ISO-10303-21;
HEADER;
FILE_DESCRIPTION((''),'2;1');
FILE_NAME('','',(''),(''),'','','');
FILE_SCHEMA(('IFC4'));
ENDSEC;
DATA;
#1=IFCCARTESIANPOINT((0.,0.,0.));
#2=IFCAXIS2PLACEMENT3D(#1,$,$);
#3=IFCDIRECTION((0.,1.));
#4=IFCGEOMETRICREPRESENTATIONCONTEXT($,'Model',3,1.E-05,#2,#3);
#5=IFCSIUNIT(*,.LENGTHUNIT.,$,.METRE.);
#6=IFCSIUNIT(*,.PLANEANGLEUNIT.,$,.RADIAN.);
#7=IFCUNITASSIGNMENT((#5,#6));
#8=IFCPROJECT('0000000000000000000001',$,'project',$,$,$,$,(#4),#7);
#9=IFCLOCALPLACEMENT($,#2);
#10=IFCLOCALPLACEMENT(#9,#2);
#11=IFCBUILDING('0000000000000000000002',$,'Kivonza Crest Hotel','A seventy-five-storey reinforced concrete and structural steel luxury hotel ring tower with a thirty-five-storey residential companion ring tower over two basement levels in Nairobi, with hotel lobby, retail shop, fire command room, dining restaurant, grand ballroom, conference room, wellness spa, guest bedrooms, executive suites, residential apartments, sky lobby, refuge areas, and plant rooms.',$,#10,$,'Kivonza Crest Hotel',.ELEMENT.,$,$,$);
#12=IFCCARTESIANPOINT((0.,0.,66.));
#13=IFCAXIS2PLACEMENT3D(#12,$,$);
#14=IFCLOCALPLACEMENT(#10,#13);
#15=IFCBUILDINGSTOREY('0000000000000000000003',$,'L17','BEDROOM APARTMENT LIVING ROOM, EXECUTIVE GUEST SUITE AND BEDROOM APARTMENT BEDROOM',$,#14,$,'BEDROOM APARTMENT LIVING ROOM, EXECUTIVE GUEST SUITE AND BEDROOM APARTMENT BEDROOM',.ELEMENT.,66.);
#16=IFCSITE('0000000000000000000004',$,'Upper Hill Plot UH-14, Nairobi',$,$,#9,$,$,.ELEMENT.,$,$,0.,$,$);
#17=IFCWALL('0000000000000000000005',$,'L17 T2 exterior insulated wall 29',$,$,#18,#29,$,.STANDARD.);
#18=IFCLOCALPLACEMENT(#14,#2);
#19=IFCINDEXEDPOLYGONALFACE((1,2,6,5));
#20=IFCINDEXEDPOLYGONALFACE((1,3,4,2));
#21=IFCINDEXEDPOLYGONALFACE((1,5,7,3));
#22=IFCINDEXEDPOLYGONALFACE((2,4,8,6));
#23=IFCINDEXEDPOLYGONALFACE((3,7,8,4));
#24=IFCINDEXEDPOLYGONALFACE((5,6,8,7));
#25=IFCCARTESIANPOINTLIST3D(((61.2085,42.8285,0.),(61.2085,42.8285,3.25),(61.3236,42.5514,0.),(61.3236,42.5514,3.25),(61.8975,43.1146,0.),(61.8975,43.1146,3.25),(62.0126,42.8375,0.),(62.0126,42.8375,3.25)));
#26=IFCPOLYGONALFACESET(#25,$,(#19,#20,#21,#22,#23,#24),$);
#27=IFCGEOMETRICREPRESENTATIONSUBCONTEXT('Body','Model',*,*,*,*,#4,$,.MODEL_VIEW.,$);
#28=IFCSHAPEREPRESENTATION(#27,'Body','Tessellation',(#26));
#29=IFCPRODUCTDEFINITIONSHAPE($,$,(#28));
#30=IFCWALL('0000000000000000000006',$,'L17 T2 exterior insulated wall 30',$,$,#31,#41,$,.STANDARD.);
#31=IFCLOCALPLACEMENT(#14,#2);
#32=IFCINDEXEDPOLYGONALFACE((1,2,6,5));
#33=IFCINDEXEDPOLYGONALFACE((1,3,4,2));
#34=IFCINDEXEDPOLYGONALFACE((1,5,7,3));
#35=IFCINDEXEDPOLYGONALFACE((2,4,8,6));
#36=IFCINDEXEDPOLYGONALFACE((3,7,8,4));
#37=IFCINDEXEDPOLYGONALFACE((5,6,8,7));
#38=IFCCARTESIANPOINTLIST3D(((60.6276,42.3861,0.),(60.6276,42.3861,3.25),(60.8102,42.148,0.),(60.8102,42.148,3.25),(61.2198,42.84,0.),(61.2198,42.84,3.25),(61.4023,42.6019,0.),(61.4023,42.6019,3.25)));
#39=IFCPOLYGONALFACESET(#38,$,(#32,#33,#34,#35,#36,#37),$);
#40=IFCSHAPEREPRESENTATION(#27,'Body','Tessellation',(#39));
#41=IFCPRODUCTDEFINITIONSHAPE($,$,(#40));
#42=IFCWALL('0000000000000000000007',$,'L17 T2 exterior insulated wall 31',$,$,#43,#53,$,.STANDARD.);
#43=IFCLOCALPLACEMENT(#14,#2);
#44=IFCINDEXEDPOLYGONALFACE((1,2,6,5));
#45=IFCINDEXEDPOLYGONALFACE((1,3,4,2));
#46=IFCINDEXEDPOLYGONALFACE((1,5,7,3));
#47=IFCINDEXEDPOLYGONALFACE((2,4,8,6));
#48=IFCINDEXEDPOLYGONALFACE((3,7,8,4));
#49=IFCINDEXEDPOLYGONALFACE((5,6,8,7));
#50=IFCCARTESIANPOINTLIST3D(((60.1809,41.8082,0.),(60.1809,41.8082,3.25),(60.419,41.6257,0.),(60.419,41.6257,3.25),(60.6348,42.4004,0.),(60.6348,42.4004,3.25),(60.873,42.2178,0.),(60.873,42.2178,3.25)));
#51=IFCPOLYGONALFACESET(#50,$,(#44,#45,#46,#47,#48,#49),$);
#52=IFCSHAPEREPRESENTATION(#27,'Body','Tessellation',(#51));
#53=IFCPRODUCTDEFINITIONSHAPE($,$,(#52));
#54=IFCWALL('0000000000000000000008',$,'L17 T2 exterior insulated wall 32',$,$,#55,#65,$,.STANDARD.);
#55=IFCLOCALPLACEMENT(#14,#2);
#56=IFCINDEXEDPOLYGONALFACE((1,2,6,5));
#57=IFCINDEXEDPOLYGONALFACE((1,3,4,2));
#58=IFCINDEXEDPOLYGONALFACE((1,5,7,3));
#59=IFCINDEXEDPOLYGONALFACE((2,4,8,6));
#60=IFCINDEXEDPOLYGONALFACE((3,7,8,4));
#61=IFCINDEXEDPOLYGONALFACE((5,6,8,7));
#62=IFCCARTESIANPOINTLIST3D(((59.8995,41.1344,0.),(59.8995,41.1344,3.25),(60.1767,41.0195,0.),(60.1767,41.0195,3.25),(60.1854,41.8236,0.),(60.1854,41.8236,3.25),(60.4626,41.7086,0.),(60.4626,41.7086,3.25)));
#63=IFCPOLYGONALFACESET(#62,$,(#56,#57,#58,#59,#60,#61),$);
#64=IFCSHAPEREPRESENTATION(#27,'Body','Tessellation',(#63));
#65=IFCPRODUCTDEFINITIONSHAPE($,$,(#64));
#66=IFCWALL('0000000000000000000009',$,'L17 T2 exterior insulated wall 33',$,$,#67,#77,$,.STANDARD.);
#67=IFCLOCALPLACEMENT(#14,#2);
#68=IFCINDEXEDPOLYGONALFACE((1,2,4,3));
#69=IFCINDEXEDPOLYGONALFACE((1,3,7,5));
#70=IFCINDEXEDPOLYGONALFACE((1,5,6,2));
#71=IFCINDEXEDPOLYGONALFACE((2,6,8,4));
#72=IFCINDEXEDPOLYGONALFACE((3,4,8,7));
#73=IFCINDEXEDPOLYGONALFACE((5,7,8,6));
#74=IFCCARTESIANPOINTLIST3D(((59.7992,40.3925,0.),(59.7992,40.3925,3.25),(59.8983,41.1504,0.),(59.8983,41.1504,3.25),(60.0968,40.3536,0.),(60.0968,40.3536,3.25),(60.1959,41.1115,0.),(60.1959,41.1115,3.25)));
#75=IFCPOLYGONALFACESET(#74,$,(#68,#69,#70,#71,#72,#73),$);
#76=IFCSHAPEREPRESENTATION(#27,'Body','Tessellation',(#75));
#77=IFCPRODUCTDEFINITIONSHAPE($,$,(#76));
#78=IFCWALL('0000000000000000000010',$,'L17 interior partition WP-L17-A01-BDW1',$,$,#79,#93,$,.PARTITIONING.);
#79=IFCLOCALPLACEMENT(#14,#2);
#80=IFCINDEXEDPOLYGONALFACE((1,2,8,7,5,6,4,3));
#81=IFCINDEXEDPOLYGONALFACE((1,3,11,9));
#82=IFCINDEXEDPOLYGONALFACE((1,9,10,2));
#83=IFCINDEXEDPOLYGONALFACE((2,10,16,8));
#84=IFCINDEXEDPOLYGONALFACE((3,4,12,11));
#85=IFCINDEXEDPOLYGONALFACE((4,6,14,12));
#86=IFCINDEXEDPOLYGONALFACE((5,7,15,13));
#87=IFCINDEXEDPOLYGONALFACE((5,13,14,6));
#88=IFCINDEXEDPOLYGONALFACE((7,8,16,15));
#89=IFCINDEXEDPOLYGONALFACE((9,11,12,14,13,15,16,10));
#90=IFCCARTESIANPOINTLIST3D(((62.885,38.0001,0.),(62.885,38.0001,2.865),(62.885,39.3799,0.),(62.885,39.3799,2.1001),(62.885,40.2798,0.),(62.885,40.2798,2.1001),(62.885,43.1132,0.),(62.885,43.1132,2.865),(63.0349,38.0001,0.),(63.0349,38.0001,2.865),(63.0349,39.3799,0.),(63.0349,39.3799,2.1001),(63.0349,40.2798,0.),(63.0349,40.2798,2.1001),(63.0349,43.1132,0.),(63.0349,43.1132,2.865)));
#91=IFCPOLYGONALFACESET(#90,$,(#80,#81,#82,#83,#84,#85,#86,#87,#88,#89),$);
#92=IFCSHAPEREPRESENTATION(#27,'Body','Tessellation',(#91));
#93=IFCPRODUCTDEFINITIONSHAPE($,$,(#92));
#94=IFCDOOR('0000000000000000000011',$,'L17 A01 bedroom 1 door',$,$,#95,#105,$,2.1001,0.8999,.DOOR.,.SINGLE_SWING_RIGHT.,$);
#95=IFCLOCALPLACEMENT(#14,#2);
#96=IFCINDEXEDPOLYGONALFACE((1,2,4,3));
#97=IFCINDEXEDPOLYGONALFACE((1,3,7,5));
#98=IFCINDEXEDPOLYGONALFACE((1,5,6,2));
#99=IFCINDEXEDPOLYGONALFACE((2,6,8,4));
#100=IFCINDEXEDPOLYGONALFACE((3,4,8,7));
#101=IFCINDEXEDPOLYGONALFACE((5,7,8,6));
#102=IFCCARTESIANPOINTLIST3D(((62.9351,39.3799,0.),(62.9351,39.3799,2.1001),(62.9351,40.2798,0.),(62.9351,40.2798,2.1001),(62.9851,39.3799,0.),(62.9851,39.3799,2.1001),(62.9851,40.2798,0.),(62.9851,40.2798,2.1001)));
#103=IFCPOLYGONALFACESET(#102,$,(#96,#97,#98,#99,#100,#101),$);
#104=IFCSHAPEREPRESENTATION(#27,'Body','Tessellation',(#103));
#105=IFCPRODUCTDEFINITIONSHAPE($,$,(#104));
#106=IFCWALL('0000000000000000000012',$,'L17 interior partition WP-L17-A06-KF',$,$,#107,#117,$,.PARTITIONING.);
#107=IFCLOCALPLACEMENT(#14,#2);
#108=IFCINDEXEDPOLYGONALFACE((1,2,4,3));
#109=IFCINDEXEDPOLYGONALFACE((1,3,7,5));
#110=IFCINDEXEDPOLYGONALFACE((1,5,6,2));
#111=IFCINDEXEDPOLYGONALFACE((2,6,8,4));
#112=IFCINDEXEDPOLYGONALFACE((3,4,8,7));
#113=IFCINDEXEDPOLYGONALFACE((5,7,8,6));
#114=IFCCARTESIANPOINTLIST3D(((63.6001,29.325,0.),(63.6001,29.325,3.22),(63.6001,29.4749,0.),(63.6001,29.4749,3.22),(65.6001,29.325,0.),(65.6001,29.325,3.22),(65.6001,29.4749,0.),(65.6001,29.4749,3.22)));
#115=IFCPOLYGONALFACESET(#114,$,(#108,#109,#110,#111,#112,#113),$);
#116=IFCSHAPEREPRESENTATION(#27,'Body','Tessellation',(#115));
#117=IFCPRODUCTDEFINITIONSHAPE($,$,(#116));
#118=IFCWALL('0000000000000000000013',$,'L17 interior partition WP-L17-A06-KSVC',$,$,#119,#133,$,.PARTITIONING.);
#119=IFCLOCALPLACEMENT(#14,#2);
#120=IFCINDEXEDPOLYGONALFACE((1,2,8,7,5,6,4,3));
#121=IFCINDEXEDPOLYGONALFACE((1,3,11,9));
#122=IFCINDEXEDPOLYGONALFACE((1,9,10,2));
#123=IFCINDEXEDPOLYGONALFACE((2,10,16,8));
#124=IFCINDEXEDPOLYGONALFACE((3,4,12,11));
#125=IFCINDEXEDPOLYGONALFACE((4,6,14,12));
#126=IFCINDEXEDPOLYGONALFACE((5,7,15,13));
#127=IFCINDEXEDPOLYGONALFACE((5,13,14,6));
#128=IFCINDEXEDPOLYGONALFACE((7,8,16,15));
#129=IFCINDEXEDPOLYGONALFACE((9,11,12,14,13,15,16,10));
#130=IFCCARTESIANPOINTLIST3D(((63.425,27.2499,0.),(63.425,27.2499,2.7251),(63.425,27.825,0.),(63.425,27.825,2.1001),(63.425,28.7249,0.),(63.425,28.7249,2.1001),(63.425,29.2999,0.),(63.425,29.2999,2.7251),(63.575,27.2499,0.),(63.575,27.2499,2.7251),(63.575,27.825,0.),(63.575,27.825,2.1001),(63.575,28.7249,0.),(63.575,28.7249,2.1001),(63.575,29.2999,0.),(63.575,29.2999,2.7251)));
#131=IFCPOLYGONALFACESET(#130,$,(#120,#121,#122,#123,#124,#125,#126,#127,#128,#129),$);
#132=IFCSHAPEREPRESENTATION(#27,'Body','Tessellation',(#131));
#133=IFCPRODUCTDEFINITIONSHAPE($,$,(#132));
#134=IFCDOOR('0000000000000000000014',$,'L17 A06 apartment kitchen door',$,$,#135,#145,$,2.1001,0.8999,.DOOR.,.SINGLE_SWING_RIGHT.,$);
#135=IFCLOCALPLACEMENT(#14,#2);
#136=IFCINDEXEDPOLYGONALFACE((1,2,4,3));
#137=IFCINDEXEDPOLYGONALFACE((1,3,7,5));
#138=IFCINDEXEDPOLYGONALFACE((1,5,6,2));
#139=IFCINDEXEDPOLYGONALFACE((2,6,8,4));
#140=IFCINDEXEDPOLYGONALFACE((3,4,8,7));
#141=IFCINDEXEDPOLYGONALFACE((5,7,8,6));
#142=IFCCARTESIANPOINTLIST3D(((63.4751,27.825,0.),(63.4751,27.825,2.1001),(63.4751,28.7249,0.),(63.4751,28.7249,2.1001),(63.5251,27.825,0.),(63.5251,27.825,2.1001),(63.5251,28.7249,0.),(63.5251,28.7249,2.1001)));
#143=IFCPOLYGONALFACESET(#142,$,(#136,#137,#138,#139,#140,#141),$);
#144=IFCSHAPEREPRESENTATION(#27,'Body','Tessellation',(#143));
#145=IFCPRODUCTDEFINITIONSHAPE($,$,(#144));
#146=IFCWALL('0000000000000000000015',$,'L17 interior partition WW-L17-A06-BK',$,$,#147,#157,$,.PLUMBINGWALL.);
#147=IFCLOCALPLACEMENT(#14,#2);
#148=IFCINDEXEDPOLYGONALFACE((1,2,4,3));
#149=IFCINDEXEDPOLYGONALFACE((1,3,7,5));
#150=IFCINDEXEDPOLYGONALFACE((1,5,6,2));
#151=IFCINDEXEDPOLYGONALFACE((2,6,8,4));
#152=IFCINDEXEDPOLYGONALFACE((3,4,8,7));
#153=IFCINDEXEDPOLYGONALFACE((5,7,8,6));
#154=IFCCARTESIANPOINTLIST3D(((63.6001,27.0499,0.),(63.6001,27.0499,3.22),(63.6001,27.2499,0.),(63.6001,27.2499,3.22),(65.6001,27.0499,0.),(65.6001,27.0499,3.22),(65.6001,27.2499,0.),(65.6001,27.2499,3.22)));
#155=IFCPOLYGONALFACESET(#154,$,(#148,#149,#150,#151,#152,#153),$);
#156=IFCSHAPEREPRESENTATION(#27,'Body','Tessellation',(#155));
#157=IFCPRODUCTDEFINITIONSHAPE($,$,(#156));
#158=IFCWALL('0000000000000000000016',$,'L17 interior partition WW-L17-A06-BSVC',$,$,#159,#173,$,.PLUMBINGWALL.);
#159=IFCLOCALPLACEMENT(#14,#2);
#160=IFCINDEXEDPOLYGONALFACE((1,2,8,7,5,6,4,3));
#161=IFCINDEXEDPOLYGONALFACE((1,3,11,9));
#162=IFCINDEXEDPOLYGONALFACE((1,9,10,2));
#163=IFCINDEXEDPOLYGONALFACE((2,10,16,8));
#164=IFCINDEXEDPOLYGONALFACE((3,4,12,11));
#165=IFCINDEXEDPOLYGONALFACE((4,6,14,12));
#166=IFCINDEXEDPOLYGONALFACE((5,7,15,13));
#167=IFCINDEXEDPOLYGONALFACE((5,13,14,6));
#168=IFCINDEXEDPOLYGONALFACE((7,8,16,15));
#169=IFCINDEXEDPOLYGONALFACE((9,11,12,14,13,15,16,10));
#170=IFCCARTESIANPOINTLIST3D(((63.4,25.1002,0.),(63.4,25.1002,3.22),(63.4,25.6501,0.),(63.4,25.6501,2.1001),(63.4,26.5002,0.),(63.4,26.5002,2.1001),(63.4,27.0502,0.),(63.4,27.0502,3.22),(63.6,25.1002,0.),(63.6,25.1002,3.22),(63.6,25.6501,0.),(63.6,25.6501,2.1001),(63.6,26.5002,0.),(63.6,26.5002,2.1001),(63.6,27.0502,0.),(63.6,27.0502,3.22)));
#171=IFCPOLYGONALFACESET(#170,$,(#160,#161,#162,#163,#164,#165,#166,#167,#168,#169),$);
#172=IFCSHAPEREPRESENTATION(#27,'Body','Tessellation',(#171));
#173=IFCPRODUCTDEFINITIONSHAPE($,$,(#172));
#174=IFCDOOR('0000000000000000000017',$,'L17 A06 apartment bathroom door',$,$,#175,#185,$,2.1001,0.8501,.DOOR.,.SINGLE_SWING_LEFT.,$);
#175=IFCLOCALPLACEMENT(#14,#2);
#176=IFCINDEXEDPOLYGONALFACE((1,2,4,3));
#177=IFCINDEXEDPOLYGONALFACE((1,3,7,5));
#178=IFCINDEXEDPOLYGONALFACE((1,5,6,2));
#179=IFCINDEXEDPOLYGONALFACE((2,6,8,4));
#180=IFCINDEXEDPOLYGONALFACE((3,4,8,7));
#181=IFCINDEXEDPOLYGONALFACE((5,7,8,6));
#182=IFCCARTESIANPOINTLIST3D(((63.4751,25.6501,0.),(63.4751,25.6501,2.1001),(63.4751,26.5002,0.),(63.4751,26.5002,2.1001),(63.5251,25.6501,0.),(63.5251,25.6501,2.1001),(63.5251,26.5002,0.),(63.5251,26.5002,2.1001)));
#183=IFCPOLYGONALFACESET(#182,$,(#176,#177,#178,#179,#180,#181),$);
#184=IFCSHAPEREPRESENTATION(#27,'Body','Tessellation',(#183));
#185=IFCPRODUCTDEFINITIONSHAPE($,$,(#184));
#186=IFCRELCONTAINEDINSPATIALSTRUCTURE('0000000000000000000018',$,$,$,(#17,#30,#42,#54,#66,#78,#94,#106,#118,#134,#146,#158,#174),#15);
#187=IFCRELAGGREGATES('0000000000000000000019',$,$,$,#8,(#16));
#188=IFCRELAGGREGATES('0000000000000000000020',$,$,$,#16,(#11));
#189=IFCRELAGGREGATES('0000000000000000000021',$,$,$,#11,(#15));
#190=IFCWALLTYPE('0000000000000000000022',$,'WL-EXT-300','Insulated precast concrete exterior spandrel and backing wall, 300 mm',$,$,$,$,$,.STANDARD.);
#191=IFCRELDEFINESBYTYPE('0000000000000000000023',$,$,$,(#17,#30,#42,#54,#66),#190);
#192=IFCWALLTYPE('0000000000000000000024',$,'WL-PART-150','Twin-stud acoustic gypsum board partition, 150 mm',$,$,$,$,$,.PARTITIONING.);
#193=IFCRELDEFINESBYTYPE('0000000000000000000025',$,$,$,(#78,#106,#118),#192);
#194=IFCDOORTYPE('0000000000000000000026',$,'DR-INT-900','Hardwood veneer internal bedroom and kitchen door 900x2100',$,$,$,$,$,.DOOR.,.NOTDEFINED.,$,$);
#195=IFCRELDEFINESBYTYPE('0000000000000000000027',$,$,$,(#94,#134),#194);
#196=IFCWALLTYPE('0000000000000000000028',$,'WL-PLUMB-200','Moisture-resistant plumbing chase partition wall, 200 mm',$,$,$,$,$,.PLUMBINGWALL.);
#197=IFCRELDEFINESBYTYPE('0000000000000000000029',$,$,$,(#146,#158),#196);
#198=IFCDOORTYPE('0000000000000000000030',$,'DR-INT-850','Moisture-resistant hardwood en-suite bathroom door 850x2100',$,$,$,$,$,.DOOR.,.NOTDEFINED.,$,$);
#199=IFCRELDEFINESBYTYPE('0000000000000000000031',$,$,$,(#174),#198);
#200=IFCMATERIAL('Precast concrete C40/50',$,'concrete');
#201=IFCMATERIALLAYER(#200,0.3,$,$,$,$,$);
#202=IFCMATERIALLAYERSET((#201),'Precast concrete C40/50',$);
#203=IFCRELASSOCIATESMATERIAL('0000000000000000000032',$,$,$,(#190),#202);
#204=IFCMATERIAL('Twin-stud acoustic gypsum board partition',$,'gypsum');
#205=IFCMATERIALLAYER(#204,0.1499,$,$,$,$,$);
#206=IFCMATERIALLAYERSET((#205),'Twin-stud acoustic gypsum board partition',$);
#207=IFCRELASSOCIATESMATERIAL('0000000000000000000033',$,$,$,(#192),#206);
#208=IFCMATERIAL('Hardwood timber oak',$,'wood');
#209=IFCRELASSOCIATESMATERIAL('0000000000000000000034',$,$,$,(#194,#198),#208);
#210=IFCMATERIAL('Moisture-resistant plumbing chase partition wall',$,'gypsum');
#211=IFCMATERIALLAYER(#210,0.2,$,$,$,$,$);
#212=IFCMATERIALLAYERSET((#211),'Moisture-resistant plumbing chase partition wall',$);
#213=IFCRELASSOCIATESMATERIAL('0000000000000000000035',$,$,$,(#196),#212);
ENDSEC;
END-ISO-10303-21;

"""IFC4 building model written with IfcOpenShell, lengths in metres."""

from ifc_helpers import new_model, si_unit, direction, frame, frame_2d, origin, place, context, subcontext, project, spatial, rectangle, extrude, material, layer, layer_set, type_object, element, fill, save


model = new_model("IFC4")

# Units and contexts
model_context = context("Model", 3, precision=1e-05, world=origin(), true_north=direction((0.0, 1.0)))
body_context = subcontext(model_context, "Body", "Model", "MODEL_VIEW")
ifc_project = project(units=[si_unit("LENGTHUNIT", "METRE"), si_unit("PLANEANGLEUNIT", "RADIAN")], contexts=[model_context])

# Site, building, storey
site_placement = place(None, origin())
site = spatial("IfcSite", under=ifc_project, at=site_placement, Name="Upper Hill Plot UH-14, Nairobi", CompositionType="ELEMENT", RefElevation=0.0)
building_placement = place(site_placement, origin())
building = spatial("IfcBuilding", under=site, at=building_placement, Name="Kivonza Crest Hotel", Description="A seventy-five-storey reinforced concrete and structural steel luxury hotel ring tower with a thirty-five-storey residential companion ring tower over two basement levels in Nairobi, with hotel lobby, retail shop, fire command room, dining restaurant, grand ballroom, conference room, wellness spa, guest bedrooms, executive suites, residential apartments, sky lobby, refuge areas, and plant rooms.", LongName="Kivonza Crest Hotel", CompositionType="ELEMENT")
storey_placement = place(building_placement, frame((0.0, 0.0, 66.0)))
storey = spatial("IfcBuildingStorey", under=building, at=storey_placement, Name="L17", Description="BEDROOM APARTMENT LIVING ROOM, EXECUTIVE GUEST SUITE AND BEDROOM APARTMENT BEDROOM", LongName="BEDROOM APARTMENT LIVING ROOM, EXECUTIVE GUEST SUITE AND BEDROOM APARTMENT BEDROOM", CompositionType="ELEMENT", Elevation=66.0)

# Walls
ifc_material_1 = material(Name="Precast concrete C40/50", Category="concrete")
ifc_layer_1 = layer(ifc_material_1, 0.3)
ifc_layer_set_1 = layer_set([ifc_layer_1], Name="Precast concrete C40/50")
wall_type_1 = type_object("IfcWallType", Name="WL-EXT-300", Description="Insulated precast concrete exterior spandrel and backing wall, 300 mm", PredefinedType="STANDARD", material=ifc_layer_set_1)
for number, where, z_axis, x_axis, name in (
    (1, (61.9551, 42.9761, 0.0), (0.0, 0.0, 1.0), (-0.923522, -0.383546, 0.0), "L17 T2 exterior insulated wall 29"),
    (2, (61.311, 42.7209, 0.0), (0.0, 0.0, 1.0), (-0.793633, -0.608397, 0.0), "L17 T2 exterior insulated wall 30"),
    (3, (60.7539, 42.3091, 0.0), (0.0, 0.0, 1.0), (-0.608397, -0.793633, 0.0), "L17 T2 exterior insulated wall 31"),
    (4, (60.324, 41.7661, 0.0), (0.0, 0.0, 1.0), (-0.383151, -0.923686, 0.0), "L17 T2 exterior insulated wall 32"),
):
    element("IfcWall", number, at=place(storey_placement, frame(where, z_axis=z_axis, x_axis=x_axis)), inside=storey, type_object=wall_type_1, Name=name, PredefinedType="STANDARD", context=body_context, shape_type="SweptSolid", body=[
        extrude(rectangle(XDim=0.7461, YDim=0.3, at=frame_2d((0.373, 0.0))), origin(), (0.0, 0.0, 1.0), 3.25),
    ])
wall_1_placement = place(storey_placement, frame((60.0471, 41.1311, 0.0), z_axis=(0.0, 0.0, 1.0), x_axis=(-0.129653, -0.991559, 0.0)))
element("IfcWall", 5, at=wall_1_placement, inside=storey, type_object=wall_type_1, Name="L17 T2 exterior insulated wall 33", PredefinedType="STANDARD", context=body_context, shape_type="SweptSolid", body=[
    extrude(rectangle(XDim=0.7644, YDim=0.3, at=frame_2d((0.3823, 0.0))), origin(), (0.0, 0.0, 1.0), 3.25),
])

# Wall, opening, door
ifc_material_2 = material(Name="Twin-stud acoustic gypsum board partition", Category="gypsum")
ifc_layer_2 = layer(ifc_material_2, 0.1499)
ifc_layer_set_2 = layer_set([ifc_layer_2], Name="Twin-stud acoustic gypsum board partition")
wall_type_2 = type_object("IfcWallType", Name="WL-PART-150", Description="Twin-stud acoustic gypsum board partition, 150 mm", PredefinedType="PARTITIONING", material=ifc_layer_set_2)
wall_2_placement = place(storey_placement, frame((62.96, 38.0, 0.0), z_axis=(0.0, 0.0, 1.0), x_axis=(0.0, 1.0, 0.0)))
wall_2 = element("IfcWall", 6, at=wall_2_placement, inside=storey, type_object=wall_type_2, Name="L17 interior partition WP-L17-A01-BDW1", PredefinedType="PARTITIONING", context=body_context, shape_type="SweptSolid", body=[
    extrude(rectangle(XDim=5.113, YDim=0.1499, at=frame_2d((2.5566, 0.0))), origin(), (0.0, 0.0, 1.0), 2.865),
])
opening_1_placement = place(wall_2_placement, frame((1.3799, 0.0, 0.0)))
opening_1 = element("IfcOpeningElement", 7, at=opening_1_placement, cuts=wall_2, PredefinedType="OPENING", context=body_context, shape_type="SweptSolid", body=[
    extrude(rectangle(XDim=0.8999, YDim=2.1001, at=frame_2d((0.45, 1.05))), frame((0.0, 0.085, 0.0), z_axis=(0.0, -1.0, 0.0), x_axis=(1.0, 0.0, 0.0)), (0.0, 0.0, 1.0), 0.1699),
])
ifc_material_3 = material(Name="Hardwood timber oak", Category="wood")
door_type_1 = type_object("IfcDoorType", Name="DR-INT-900", Description="Hardwood veneer internal bedroom and kitchen door 900x2100", OperationType="NOTDEFINED", PredefinedType="DOOR", material=ifc_material_3)
door_1_placement = place(opening_1_placement, origin())
door_1 = element("IfcDoor", 8, at=door_1_placement, inside=storey, type_object=door_type_1, Name="L17 A01 bedroom 1 door", OperationType="SINGLE_SWING_RIGHT", OverallHeight=2.1001, OverallWidth=0.8999, PredefinedType="DOOR", context=body_context, shape_type="SweptSolid", body=[
    extrude(rectangle(XDim=0.8999, YDim=2.1001, at=frame_2d((0.45, 1.05))), frame((0.0, 0.0249, 0.0), z_axis=(0.0, -1.0, 0.0), x_axis=(1.0, 0.0, 0.0)), (0.0, 0.0, 1.0), 0.05),
])
fill(opening_1, door_1)

# Wall
wall_3_placement = place(storey_placement, frame((63.6001, 29.3999, 0.0), z_axis=(0.0, 0.0, 1.0), x_axis=(1.0, 0.0, 0.0)))
element("IfcWall", 9, at=wall_3_placement, inside=storey, type_object=wall_type_2, Name="L17 interior partition WP-L17-A06-KF", PredefinedType="PARTITIONING", context=body_context, shape_type="SweptSolid", body=[
    extrude(rectangle(XDim=2.0, YDim=0.1499, at=frame_2d((1.0, 0.0))), origin(), (0.0, 0.0, 1.0), 3.22),
])

# Wall, opening, door
wall_4_placement = place(storey_placement, frame((63.5, 27.25, 0.0), z_axis=(0.0, 0.0, 1.0), x_axis=(0.0, 1.0, 0.0)))
wall_4 = element("IfcWall", 10, at=wall_4_placement, inside=storey, type_object=wall_type_2, Name="L17 interior partition WP-L17-A06-KSVC", PredefinedType="PARTITIONING", context=body_context, shape_type="SweptSolid", body=[
    extrude(rectangle(XDim=2.05, YDim=0.1499, at=frame_2d((1.0249, 0.0))), origin(), (0.0, 0.0, 1.0), 2.7251),
])
opening_2_placement = place(wall_4_placement, frame((0.575, 0.0, 0.0)))
opening_2 = element("IfcOpeningElement", 11, at=opening_2_placement, cuts=wall_4, PredefinedType="OPENING", context=body_context, shape_type="SweptSolid", body=[
    extrude(rectangle(XDim=0.8999, YDim=2.1001, at=frame_2d((0.45, 1.05))), frame((0.0, 0.085, 0.0), z_axis=(0.0, -1.0, 0.0), x_axis=(1.0, 0.0, 0.0)), (0.0, 0.0, 1.0), 0.1699),
])
door_2_placement = place(opening_2_placement, origin())
door_2 = element("IfcDoor", 12, at=door_2_placement, inside=storey, type_object=door_type_1, Name="L17 A06 apartment kitchen door", OperationType="SINGLE_SWING_RIGHT", OverallHeight=2.1001, OverallWidth=0.8999, PredefinedType="DOOR", context=body_context, shape_type="SweptSolid", body=[
    extrude(rectangle(XDim=0.8999, YDim=2.1001, at=frame_2d((0.45, 1.05))), frame((0.0, 0.0249, 0.0), z_axis=(0.0, -1.0, 0.0), x_axis=(1.0, 0.0, 0.0)), (0.0, 0.0, 1.0), 0.05),
])
fill(opening_2, door_2)

# Wall
ifc_material_4 = material(Name="Moisture-resistant plumbing chase partition wall", Category="gypsum")
ifc_layer_3 = layer(ifc_material_4, 0.2)
ifc_layer_set_3 = layer_set([ifc_layer_3], Name="Moisture-resistant plumbing chase partition wall")
wall_type_3 = type_object("IfcWallType", Name="WL-PLUMB-200", Description="Moisture-resistant plumbing chase partition wall, 200 mm", PredefinedType="PLUMBINGWALL", material=ifc_layer_set_3)
wall_5_placement = place(storey_placement, frame((63.6001, 27.1499, 0.0), z_axis=(0.0, 0.0, 1.0), x_axis=(1.0, 0.0, 0.0)))
element("IfcWall", 13, at=wall_5_placement, inside=storey, type_object=wall_type_3, Name="L17 interior partition WW-L17-A06-BK", PredefinedType="PLUMBINGWALL", context=body_context, shape_type="SweptSolid", body=[
    extrude(rectangle(XDim=2.0, YDim=0.2, at=frame_2d((1.0, 0.0))), origin(), (0.0, 0.0, 1.0), 3.22),
])

# Wall, opening, door
wall_6_placement = place(storey_placement, frame((63.5, 25.1001, 0.0), z_axis=(0.0, 0.0, 1.0), x_axis=(0.0, 1.0, 0.0)))
wall_6 = element("IfcWall", 14, at=wall_6_placement, inside=storey, type_object=wall_type_3, Name="L17 interior partition WW-L17-A06-BSVC", PredefinedType="PLUMBINGWALL", context=body_context, shape_type="SweptSolid", body=[
    extrude(rectangle(XDim=1.95, YDim=0.2, at=frame_2d((0.9751, 0.0))), origin(), (0.0, 0.0, 1.0), 3.22),
])
opening_3_placement = place(wall_6_placement, frame((0.55, 0.0, 0.0)))
opening_3 = element("IfcOpeningElement", 15, at=opening_3_placement, cuts=wall_6, PredefinedType="OPENING", context=body_context, shape_type="SweptSolid", body=[
    extrude(rectangle(XDim=0.8501, YDim=2.1001, at=frame_2d((0.425, 1.05))), frame((0.0, 0.1099, 0.0), z_axis=(0.0, -1.0, 0.0), x_axis=(1.0, 0.0, 0.0)), (0.0, 0.0, 1.0), 0.22),
])
door_type_2 = type_object("IfcDoorType", Name="DR-INT-850", Description="Moisture-resistant hardwood en-suite bathroom door 850x2100", OperationType="NOTDEFINED", PredefinedType="DOOR", material=ifc_material_3)
door_3_placement = place(opening_3_placement, origin())
door_3 = element("IfcDoor", 16, at=door_3_placement, inside=storey, type_object=door_type_2, Name="L17 A06 apartment bathroom door", OperationType="SINGLE_SWING_LEFT", OverallHeight=2.1001, OverallWidth=0.8501, PredefinedType="DOOR", context=body_context, shape_type="SweptSolid", body=[
    extrude(rectangle(XDim=0.8501, YDim=2.1001, at=frame_2d((0.425, 1.05))), frame((0.0, 0.0249, 0.0), z_axis=(0.0, -1.0, 0.0), x_axis=(1.0, 0.0, 0.0)), (0.0, 0.0, 1.0), 0.05),
])
fill(opening_3, door_3)

save(model, "model.ifc")
